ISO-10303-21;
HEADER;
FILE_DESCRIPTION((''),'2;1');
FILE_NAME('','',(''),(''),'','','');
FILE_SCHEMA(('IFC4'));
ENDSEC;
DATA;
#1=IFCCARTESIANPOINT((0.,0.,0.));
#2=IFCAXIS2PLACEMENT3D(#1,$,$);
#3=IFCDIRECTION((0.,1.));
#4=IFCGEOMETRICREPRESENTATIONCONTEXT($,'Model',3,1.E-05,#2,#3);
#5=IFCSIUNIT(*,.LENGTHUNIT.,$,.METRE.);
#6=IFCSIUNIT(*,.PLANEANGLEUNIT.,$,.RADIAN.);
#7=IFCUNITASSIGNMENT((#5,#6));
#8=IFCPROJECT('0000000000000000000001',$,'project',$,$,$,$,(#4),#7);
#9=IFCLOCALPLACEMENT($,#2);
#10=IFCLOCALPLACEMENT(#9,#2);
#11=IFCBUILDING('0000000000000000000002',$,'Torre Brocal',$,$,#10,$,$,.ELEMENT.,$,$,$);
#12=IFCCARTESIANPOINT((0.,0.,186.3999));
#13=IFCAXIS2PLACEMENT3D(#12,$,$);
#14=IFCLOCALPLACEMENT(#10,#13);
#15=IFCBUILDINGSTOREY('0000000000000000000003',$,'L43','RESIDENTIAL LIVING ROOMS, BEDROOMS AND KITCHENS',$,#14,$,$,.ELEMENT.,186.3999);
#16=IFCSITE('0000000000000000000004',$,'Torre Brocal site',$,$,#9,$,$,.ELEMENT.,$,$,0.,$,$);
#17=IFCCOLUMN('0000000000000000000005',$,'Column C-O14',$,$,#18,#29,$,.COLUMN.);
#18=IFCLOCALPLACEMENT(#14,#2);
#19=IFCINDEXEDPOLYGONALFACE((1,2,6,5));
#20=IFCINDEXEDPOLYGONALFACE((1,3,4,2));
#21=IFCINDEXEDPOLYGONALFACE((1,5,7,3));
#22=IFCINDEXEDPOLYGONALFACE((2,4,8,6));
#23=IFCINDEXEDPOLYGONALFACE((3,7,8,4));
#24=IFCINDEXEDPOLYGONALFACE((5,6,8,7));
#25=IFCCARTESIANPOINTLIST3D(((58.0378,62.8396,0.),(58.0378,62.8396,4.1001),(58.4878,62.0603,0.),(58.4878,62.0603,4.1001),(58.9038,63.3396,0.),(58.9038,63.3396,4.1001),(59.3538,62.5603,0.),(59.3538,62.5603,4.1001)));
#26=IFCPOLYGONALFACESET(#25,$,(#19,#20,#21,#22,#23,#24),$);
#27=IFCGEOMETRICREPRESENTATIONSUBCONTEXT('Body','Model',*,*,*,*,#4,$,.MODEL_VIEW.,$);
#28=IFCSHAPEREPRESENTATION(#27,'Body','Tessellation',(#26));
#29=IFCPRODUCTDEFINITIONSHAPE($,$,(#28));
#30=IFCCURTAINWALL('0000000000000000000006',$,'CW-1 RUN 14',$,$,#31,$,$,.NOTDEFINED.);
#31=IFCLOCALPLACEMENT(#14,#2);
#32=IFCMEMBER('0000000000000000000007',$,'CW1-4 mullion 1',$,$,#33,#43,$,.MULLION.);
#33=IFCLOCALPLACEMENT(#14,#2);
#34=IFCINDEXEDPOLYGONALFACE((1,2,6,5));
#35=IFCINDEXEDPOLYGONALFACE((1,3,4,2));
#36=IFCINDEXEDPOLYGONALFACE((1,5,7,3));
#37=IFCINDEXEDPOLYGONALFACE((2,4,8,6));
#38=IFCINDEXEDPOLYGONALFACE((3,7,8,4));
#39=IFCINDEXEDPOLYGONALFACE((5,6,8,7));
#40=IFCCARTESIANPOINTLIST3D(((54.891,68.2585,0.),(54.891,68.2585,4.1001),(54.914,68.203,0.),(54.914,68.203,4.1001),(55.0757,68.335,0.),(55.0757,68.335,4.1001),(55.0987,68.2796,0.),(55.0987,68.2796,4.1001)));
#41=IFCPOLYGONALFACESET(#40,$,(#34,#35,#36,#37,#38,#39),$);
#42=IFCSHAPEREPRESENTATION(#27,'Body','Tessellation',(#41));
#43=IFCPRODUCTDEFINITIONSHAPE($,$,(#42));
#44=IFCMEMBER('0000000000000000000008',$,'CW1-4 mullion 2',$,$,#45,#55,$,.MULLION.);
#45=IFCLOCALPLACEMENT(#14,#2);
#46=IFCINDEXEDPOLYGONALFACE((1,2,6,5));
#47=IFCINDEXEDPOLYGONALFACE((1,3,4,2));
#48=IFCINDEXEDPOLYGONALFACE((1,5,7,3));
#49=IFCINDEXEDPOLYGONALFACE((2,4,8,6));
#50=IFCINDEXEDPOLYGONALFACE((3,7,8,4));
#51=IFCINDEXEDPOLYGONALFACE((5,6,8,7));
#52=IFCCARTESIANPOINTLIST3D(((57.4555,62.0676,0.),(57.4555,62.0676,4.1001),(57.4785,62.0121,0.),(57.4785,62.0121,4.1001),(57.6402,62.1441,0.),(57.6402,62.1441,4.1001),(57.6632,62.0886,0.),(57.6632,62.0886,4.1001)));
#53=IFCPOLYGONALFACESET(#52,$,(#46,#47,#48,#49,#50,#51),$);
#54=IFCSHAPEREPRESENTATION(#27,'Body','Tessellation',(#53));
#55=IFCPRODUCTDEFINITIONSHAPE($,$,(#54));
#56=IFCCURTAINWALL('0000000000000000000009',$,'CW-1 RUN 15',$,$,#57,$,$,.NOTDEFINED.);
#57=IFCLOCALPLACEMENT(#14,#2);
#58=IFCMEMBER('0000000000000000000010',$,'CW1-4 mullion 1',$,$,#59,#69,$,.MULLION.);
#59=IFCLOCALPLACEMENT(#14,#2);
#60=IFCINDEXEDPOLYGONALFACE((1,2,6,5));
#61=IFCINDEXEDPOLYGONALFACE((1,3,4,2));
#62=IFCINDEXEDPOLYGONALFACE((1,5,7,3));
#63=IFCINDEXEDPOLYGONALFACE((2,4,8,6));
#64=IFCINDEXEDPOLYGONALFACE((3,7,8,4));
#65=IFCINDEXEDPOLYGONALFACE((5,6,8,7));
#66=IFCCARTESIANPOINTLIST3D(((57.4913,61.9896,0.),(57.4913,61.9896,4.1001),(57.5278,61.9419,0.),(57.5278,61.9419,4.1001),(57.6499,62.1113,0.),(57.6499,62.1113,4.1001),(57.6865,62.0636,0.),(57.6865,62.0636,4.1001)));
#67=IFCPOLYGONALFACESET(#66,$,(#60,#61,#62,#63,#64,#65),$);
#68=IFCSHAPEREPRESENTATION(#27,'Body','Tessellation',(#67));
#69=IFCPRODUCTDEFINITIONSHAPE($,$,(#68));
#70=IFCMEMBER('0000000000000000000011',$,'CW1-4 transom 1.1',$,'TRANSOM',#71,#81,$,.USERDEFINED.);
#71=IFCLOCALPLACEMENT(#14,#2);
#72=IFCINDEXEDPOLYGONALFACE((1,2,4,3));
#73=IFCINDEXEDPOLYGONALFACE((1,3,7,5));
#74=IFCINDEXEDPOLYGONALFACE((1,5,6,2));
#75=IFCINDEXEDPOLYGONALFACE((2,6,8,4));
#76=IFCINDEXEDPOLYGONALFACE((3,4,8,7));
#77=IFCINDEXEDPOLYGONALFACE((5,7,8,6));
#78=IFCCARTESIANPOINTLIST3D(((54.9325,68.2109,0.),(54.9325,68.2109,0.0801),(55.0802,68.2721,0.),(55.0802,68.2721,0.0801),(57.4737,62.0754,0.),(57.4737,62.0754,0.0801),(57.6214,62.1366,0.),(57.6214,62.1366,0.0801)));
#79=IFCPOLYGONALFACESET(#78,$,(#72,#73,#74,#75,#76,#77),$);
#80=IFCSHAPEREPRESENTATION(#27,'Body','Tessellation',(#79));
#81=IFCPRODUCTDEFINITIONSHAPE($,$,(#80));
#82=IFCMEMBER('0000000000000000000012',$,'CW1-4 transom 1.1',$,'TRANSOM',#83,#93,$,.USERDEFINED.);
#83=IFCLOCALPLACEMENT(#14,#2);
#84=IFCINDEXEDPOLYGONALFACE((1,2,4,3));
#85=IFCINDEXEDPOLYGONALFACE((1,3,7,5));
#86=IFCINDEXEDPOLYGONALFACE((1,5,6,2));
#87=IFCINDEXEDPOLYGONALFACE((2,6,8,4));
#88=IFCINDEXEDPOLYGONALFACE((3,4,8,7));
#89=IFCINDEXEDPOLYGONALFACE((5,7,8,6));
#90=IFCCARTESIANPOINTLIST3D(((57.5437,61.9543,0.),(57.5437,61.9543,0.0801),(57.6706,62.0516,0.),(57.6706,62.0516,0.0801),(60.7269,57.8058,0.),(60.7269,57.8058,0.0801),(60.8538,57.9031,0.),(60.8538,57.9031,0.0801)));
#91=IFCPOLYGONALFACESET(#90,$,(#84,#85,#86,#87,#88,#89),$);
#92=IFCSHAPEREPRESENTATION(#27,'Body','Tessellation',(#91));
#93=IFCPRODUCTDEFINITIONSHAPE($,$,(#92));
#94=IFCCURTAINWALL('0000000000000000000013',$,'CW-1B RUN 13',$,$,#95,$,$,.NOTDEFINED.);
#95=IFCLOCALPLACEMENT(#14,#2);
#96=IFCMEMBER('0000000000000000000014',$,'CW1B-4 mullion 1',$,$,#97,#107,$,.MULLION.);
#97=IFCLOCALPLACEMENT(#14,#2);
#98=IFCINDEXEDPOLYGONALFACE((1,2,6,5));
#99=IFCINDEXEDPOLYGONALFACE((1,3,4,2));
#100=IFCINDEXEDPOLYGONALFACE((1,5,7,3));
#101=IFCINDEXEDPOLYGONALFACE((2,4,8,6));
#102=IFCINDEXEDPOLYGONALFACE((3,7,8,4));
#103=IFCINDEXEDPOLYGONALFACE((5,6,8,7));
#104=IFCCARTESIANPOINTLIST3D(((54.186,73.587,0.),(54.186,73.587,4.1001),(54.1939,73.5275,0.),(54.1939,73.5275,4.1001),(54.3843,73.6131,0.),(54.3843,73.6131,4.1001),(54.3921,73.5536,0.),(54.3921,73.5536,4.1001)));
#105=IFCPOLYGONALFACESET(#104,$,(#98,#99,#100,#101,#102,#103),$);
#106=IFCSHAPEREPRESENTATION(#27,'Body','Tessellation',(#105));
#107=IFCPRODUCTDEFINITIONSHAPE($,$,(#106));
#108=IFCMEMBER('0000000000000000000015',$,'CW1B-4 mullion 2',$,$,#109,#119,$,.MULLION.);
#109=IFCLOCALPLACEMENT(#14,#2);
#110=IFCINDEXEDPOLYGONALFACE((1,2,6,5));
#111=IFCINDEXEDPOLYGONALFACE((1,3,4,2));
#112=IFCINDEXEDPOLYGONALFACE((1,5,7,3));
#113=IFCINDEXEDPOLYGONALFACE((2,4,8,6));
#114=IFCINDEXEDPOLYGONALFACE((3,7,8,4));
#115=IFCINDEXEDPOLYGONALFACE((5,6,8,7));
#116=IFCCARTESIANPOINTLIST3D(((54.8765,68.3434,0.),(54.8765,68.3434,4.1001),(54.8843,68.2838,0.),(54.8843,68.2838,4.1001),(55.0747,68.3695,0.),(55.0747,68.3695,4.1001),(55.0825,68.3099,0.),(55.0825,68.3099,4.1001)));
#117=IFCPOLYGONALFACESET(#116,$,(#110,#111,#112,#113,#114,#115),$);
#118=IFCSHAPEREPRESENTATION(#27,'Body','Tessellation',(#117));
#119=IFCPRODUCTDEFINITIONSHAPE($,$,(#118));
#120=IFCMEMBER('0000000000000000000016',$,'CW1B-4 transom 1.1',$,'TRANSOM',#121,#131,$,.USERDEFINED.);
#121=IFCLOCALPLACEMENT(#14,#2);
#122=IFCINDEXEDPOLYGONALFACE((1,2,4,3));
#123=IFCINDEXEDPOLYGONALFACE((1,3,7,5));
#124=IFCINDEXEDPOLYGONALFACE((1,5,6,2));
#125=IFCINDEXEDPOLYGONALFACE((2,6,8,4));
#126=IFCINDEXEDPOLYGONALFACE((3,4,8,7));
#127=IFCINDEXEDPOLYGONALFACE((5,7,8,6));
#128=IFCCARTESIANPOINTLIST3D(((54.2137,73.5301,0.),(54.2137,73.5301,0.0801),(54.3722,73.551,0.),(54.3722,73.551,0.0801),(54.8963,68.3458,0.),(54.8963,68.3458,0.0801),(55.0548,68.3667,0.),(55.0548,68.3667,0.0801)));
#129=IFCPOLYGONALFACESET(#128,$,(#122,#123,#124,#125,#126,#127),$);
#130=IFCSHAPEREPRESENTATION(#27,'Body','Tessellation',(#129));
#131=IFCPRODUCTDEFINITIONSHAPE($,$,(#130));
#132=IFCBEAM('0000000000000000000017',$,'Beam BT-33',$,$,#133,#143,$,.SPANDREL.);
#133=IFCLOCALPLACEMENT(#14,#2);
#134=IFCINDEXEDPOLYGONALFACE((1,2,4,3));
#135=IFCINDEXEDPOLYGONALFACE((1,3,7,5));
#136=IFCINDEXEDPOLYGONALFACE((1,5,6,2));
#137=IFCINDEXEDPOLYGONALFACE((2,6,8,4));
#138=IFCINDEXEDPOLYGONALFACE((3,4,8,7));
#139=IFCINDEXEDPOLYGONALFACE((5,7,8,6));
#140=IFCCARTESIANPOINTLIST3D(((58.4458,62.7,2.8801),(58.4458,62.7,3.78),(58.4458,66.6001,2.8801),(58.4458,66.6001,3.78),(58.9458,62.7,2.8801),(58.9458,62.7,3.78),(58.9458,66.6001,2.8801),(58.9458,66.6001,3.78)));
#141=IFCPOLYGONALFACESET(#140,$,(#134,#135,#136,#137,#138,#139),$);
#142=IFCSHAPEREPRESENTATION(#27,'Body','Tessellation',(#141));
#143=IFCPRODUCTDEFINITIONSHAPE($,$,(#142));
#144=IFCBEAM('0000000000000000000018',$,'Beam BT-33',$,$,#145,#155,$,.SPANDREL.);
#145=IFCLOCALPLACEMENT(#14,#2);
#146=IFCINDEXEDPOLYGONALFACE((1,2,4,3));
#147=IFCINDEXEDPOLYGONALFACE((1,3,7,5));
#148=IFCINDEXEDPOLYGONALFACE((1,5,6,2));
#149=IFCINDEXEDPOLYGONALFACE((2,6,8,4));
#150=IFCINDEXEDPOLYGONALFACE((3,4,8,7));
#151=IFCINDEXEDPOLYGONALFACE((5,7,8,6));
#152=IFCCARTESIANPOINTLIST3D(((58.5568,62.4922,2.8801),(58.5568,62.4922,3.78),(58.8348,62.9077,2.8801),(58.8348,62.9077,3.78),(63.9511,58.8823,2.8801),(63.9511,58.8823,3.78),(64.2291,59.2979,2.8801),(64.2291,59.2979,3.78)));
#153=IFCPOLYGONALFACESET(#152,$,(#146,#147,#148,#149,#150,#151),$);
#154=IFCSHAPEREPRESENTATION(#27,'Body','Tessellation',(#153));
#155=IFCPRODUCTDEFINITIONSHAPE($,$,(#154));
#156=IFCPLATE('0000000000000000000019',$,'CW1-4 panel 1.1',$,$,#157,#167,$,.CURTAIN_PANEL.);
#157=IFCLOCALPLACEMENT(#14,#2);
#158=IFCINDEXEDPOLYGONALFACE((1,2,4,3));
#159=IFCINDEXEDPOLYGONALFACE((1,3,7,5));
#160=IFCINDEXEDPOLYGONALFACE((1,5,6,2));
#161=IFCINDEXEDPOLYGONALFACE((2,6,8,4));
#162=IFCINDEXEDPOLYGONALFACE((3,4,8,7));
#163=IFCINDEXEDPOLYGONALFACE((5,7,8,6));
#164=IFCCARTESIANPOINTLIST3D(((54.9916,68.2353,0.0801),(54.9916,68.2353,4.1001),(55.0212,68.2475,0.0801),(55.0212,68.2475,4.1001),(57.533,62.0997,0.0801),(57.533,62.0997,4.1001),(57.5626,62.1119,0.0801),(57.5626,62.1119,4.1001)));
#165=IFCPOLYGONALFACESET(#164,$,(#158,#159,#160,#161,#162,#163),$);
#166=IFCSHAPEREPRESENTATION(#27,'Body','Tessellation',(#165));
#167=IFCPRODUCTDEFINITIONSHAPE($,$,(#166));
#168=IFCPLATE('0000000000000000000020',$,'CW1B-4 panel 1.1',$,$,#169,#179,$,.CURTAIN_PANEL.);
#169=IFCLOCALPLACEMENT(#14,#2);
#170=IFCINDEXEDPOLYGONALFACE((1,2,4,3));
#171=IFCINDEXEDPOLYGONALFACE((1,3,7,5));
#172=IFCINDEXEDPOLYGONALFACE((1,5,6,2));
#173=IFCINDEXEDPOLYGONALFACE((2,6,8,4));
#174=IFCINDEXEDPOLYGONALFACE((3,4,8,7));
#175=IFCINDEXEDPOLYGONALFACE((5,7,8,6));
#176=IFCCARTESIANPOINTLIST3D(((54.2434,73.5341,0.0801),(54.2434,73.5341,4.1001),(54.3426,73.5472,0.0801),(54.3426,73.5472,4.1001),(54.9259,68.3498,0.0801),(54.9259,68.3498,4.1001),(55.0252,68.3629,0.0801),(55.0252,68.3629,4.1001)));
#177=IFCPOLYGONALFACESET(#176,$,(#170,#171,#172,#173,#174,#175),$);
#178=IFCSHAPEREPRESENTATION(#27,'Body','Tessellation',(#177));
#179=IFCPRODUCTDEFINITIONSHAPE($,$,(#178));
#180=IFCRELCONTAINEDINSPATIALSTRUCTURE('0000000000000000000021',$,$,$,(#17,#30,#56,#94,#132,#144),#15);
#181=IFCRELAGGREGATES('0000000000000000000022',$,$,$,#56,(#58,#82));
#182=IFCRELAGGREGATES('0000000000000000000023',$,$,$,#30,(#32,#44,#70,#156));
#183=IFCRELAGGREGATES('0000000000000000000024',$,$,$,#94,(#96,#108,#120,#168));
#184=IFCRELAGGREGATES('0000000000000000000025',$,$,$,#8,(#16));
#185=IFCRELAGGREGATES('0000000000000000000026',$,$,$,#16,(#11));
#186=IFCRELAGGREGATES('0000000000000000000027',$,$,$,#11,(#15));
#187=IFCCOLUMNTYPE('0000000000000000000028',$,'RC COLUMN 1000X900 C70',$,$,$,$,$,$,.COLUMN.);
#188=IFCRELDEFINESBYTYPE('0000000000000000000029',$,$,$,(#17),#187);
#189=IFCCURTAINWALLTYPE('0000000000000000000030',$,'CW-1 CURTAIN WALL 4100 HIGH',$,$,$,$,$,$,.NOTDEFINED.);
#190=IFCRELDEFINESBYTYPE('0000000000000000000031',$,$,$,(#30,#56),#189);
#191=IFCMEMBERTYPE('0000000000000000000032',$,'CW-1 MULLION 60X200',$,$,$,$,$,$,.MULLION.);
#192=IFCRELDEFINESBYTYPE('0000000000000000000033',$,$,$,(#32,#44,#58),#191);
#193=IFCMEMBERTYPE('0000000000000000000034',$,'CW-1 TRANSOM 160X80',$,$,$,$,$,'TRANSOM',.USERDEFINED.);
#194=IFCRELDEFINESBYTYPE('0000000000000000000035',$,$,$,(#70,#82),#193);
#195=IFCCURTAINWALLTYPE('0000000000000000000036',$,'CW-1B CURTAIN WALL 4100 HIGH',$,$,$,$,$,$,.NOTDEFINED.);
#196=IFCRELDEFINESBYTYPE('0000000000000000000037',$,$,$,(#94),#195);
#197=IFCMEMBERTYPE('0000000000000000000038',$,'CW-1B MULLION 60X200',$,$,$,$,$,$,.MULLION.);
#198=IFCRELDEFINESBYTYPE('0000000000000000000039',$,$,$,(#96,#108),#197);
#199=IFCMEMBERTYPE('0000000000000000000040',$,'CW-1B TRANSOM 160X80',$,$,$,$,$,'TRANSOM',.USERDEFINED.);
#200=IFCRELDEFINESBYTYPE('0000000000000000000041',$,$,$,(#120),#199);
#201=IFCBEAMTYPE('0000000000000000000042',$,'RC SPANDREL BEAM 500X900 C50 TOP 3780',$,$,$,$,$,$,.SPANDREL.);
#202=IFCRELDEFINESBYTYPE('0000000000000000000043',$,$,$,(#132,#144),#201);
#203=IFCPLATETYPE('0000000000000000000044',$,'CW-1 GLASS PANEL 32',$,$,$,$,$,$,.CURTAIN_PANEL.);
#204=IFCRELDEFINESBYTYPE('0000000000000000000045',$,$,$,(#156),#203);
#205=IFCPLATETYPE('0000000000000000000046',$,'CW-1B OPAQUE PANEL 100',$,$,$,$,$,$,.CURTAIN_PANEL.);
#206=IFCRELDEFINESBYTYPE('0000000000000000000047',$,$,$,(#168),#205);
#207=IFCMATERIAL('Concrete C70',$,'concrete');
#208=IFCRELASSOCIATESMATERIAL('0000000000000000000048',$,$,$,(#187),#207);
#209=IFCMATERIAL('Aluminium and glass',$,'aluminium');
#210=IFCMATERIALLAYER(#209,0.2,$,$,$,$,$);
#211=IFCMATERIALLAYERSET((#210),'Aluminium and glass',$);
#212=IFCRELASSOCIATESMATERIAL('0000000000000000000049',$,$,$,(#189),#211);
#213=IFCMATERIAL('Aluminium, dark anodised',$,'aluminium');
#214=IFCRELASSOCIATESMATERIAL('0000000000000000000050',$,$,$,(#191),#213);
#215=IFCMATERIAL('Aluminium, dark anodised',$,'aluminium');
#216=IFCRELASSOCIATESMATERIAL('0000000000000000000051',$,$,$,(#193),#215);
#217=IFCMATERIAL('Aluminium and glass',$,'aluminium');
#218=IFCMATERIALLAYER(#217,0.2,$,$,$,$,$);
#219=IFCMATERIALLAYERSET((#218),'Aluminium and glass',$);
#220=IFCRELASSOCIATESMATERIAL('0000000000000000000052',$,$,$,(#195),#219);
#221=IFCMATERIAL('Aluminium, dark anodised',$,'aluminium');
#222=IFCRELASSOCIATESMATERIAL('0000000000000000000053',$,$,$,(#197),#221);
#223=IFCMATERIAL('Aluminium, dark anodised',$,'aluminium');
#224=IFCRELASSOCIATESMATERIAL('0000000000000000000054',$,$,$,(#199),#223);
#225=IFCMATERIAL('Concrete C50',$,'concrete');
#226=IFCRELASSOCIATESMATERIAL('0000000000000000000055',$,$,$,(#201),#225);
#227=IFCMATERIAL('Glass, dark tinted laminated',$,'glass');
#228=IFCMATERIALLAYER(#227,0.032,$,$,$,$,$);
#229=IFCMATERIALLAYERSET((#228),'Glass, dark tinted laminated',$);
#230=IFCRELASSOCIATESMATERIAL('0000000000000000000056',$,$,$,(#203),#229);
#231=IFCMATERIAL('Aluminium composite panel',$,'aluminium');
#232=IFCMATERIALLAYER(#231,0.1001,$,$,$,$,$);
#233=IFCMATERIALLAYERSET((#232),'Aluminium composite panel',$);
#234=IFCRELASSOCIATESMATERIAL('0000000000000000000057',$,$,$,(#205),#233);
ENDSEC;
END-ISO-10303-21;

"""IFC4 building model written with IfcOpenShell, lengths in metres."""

from ifc_helpers import new_model, si_unit, direction, frame, origin, origin_2d, place, context, subcontext, project, spatial, rectangle, extrude, material, layer, layer_set, material_profile, profile_set, type_object, element, aggregate, save


model = new_model("IFC4")

# Units and contexts
model_context = context("Model", 3, precision=1e-05, world=origin(), true_north=direction((0.0, 1.0)))
body_context = subcontext(model_context, "Body", "Model", "MODEL_VIEW")
ifc_project = project(units=[si_unit("LENGTHUNIT", "METRE"), si_unit("PLANEANGLEUNIT", "RADIAN")], contexts=[model_context])

# Site, building, storey
site_placement = place(None, origin())
site = spatial("IfcSite", under=ifc_project, at=site_placement, Name="Torre Brocal site", CompositionType="ELEMENT", RefElevation=0.0)
building_placement = place(site_placement, origin())
building = spatial("IfcBuilding", under=site, at=building_placement, Name="Torre Brocal", CompositionType="ELEMENT")
storey_placement = place(building_placement, frame((0.0, 0.0, 186.3999)))
storey = spatial("IfcBuildingStorey", under=building, at=storey_placement, Name="L43", Description="RESIDENTIAL LIVING ROOMS, BEDROOMS AND KITCHENS", CompositionType="ELEMENT", Elevation=186.3999)

# Column
ifc_material_1 = material(Name="Concrete C70", Category="concrete")
ifc_material_profile_1 = material_profile(ifc_material_1, rectangle(XDim=1.0, YDim=0.8999, at=origin_2d()), Name="RC 1000X900")
ifc_profile_set_1 = profile_set([ifc_material_profile_1], Name="Concrete C70")
column_type = type_object("IfcColumnType", Name="RC COLUMN 1000X900 C70", PredefinedType="COLUMN", material=ifc_profile_set_1)
column_placement = place(storey_placement, frame((58.6958, 62.7, 0.0), z_axis=(0.0, 0.0, 1.0), x_axis=(-0.866025, -0.5, 0.0)))
element("IfcColumn", 1, at=column_placement, inside=storey, type_object=column_type, Name="Column C-O14", PredefinedType="COLUMN", context=body_context, shape_type="SweptSolid", body=[
    extrude(rectangle(XDim=1.0, YDim=0.8999, at=origin_2d()), origin(), (0.0, 0.0, 1.0), 4.1001),
])

# Curtain wall, members
ifc_material_2 = material(Name="Aluminium and glass", Category="aluminium")
ifc_layer_1 = layer(ifc_material_2, 0.2)
ifc_layer_set_1 = layer_set([ifc_layer_1], Name="Aluminium and glass")
curtain_wall_type_1 = type_object("IfcCurtainWallType", Name="CW-1 CURTAIN WALL 4100 HIGH", PredefinedType="NOTDEFINED", material=ifc_layer_set_1)
curtain_wall_1_placement = place(storey_placement, origin())
curtain_wall_1 = element("IfcCurtainWall", 2, at=curtain_wall_1_placement, inside=storey, type_object=curtain_wall_type_1, Name="CW-1 RUN 14", PredefinedType="NOTDEFINED")
ifc_material_3 = material(Name="Aluminium, dark anodised", Category="aluminium")
ifc_material_profile_2 = material_profile(ifc_material_3, rectangle(XDim=0.2, YDim=0.0601, at=origin_2d()), Name="CW-1 MULLION 60X200")
ifc_profile_set_2 = profile_set([ifc_material_profile_2], Name="Aluminium, dark anodised")
member_type_1 = type_object("IfcMemberType", Name="CW-1 MULLION 60X200", PredefinedType="MULLION", material=ifc_profile_set_2)
member_1_placement = place(storey_placement, frame((54.9949, 68.269, 0.0), z_axis=(0.0, 0.0, 1.0), x_axis=(0.92388, 0.382683, 0.0)))
member_1 = element("IfcMember", 3, at=member_1_placement, type_object=member_type_1, Name="CW1-4 mullion 1", PredefinedType="MULLION", context=body_context, shape_type="SweptSolid", body=[
    extrude(rectangle(XDim=0.2, YDim=0.0601, at=origin_2d()), origin(), (0.0, 0.0, 1.0), 4.1001),
])
member_2_placement = place(storey_placement, frame((57.5593, 62.0781, 0.0), z_axis=(0.0, 0.0, 1.0), x_axis=(0.92388, 0.382683, 0.0)))
member_2 = element("IfcMember", 4, at=member_2_placement, type_object=member_type_1, Name="CW1-4 mullion 2", PredefinedType="MULLION", context=body_context, shape_type="SweptSolid", body=[
    extrude(rectangle(XDim=0.2, YDim=0.0601, at=origin_2d()), origin(), (0.0, 0.0, 1.0), 4.1001),
])

# Curtain wall, member
curtain_wall_2_placement = place(storey_placement, origin())
curtain_wall_2 = element("IfcCurtainWall", 5, at=curtain_wall_2_placement, inside=storey, type_object=curtain_wall_type_1, Name="CW-1 RUN 15", PredefinedType="NOTDEFINED")
member_3_placement = place(storey_placement, frame((57.5889, 62.0266, 0.0), z_axis=(0.0, 0.0, 1.0), x_axis=(0.793353, 0.608761, 0.0)))
member_3 = element("IfcMember", 6, at=member_3_placement, type_object=member_type_1, Name="CW1-4 mullion 1", PredefinedType="MULLION", context=body_context, shape_type="SweptSolid", body=[
    extrude(rectangle(XDim=0.2, YDim=0.0601, at=origin_2d()), origin(), (0.0, 0.0, 1.0), 4.1001),
])

# Members
ifc_material_4 = material(Name="Aluminium, dark anodised", Category="aluminium")
ifc_material_profile_3 = material_profile(ifc_material_4, rectangle(XDim=0.1599, YDim=0.0801, at=origin_2d()), Name="CW-1 TRANSOM 160X80")
ifc_profile_set_3 = profile_set([ifc_material_profile_3], Name="Aluminium, dark anodised")
member_type_2 = type_object("IfcMemberType", Name="CW-1 TRANSOM 160X80", ElementType="TRANSOM", PredefinedType="USERDEFINED", material=ifc_profile_set_3)
member_4_placement = place(storey_placement, frame((55.0063, 68.2415, 0.04), z_axis=(0.382665, -0.923887, 0.0), x_axis=(0.923887, 0.382665, 0.0)))
member_4 = element("IfcMember", 7, at=member_4_placement, type_object=member_type_2, Name="CW1-4 transom 1.1", ObjectType="TRANSOM", PredefinedType="USERDEFINED", context=body_context, shape_type="SweptSolid", body=[
    extrude(rectangle(XDim=0.1599, YDim=0.0801, at=origin_2d()), origin(), (0.0, 0.0, 1.0), 6.6409),
])
member_5_placement = place(storey_placement, frame((57.6072, 62.0029, 0.04), z_axis=(0.608749, -0.793363, 0.0), x_axis=(0.793363, 0.608749, 0.0)))
member_5 = element("IfcMember", 8, at=member_5_placement, type_object=member_type_2, Name="CW1-4 transom 1.1", ObjectType="TRANSOM", PredefinedType="USERDEFINED", context=body_context, shape_type="SweptSolid", body=[
    extrude(rectangle(XDim=0.1599, YDim=0.0801, at=origin_2d()), origin(), (0.0, 0.0, 1.0), 5.229),
])
aggregate(curtain_wall_2, [member_3, member_5])

# Curtain wall, members
ifc_material_5 = material(Name="Aluminium and glass", Category="aluminium")
ifc_layer_2 = layer(ifc_material_5, 0.2)
ifc_layer_set_2 = layer_set([ifc_layer_2], Name="Aluminium and glass")
curtain_wall_type_2 = type_object("IfcCurtainWallType", Name="CW-1B CURTAIN WALL 4100 HIGH", PredefinedType="NOTDEFINED", material=ifc_layer_set_2)
curtain_wall_3_placement = place(storey_placement, origin())
curtain_wall_3 = element("IfcCurtainWall", 9, at=curtain_wall_3_placement, inside=storey, type_object=curtain_wall_type_2, Name="CW-1B RUN 13", PredefinedType="NOTDEFINED")
ifc_material_6 = material(Name="Aluminium, dark anodised", Category="aluminium")
ifc_material_profile_4 = material_profile(ifc_material_6, rectangle(XDim=0.2, YDim=0.0601, at=origin_2d()), Name="CW-1B MULLION 60X200")
ifc_profile_set_4 = profile_set([ifc_material_profile_4], Name="Aluminium, dark anodised")
member_type_3 = type_object("IfcMemberType", Name="CW-1B MULLION 60X200", PredefinedType="MULLION", material=ifc_profile_set_4)
member_6_placement = place(storey_placement, frame((54.2891, 73.5703, 0.0), z_axis=(0.0, 0.0, 1.0), x_axis=(0.991445, 0.130526, 0.0)))
member_6 = element("IfcMember", 10, at=member_6_placement, type_object=member_type_3, Name="CW1B-4 mullion 1", PredefinedType="MULLION", context=body_context, shape_type="SweptSolid", body=[
    extrude(rectangle(XDim=0.2, YDim=0.0601, at=origin_2d()), origin(), (0.0, 0.0, 1.0), 4.1001),
])
member_7_placement = place(storey_placement, frame((54.9795, 68.3267, 0.0), z_axis=(0.0, 0.0, 1.0), x_axis=(0.991445, 0.130526, 0.0)))
member_7 = element("IfcMember", 11, at=member_7_placement, type_object=member_type_3, Name="CW1B-4 mullion 2", PredefinedType="MULLION", context=body_context, shape_type="SweptSolid", body=[
    extrude(rectangle(XDim=0.2, YDim=0.0601, at=origin_2d()), origin(), (0.0, 0.0, 1.0), 4.1001),
])
ifc_material_7 = material(Name="Aluminium, dark anodised", Category="aluminium")
ifc_material_profile_5 = material_profile(ifc_material_7, rectangle(XDim=0.1599, YDim=0.0801, at=origin_2d()), Name="CW-1B TRANSOM 160X80")
ifc_profile_set_5 = profile_set([ifc_material_profile_5], Name="Aluminium, dark anodised")
member_type_4 = type_object("IfcMemberType", Name="CW-1B TRANSOM 160X80", ElementType="TRANSOM", PredefinedType="USERDEFINED", material=ifc_profile_set_5)
member_8_placement = place(storey_placement, frame((54.293, 73.5405, 0.04), z_axis=(0.130543, -0.991443, 0.0), x_axis=(0.991443, 0.130543, 0.0)))
member_8 = element("IfcMember", 12, at=member_8_placement, type_object=member_type_4, Name="CW1B-4 transom 1.1", ObjectType="TRANSOM", PredefinedType="USERDEFINED", context=body_context, shape_type="SweptSolid", body=[
    extrude(rectangle(XDim=0.1599, YDim=0.0801, at=origin_2d()), origin(), (0.0, 0.0, 1.0), 5.229),
])

# Beams
ifc_material_8 = material(Name="Concrete C50", Category="concrete")
ifc_material_profile_6 = material_profile(ifc_material_8, rectangle(XDim=0.5, YDim=0.8999, at=origin_2d()), Name="RC 500X900")
ifc_profile_set_6 = profile_set([ifc_material_profile_6], Name="Concrete C50")
beam_type = type_object("IfcBeamType", Name="RC SPANDREL BEAM 500X900 C50 TOP 3780", PredefinedType="SPANDREL", material=ifc_profile_set_6)
beam_1_placement = place(storey_placement, frame((58.6958, 62.7, 3.3301), z_axis=(0.0, 1.0, 0.0), x_axis=(-1.0, 0.0, 0.0)))
element("IfcBeam", 13, at=beam_1_placement, inside=storey, type_object=beam_type, Name="Beam BT-33", PredefinedType="SPANDREL", context=body_context, shape_type="SweptSolid", body=[
    extrude(rectangle(XDim=0.5, YDim=0.8999, at=origin_2d()), origin(), (0.0, 0.0, 1.0), 3.9001),
])
beam_2_placement = place(storey_placement, frame((58.6958, 62.7, 3.3301), z_axis=(0.831077, -0.556158, 0.0), x_axis=(0.556158, 0.831077, 0.0)))
element("IfcBeam", 14, at=beam_2_placement, inside=storey, type_object=beam_type, Name="Beam BT-33", PredefinedType="SPANDREL", context=body_context, shape_type="SweptSolid", body=[
    extrude(rectangle(XDim=0.5, YDim=0.8999, at=origin_2d()), origin(), (0.0, 0.0, 1.0), 6.4907),
])

# Plates
ifc_material_9 = material(Name="Glass, dark tinted laminated", Category="glass")
ifc_layer_3 = layer(ifc_material_9, 0.032)
ifc_layer_set_3 = layer_set([ifc_layer_3], Name="Glass, dark tinted laminated")
plate_type_1 = type_object("IfcPlateType", Name="CW-1 GLASS PANEL 32", PredefinedType="CURTAIN_PANEL", material=ifc_layer_set_3)
plate_1_placement = place(storey_placement, frame((56.2771, 65.1736, 0.0801), z_axis=(0.0, 0.0, 1.0), x_axis=(0.382683, -0.92388, 0.0)))
plate_1 = element("IfcPlate", 15, at=plate_1_placement, type_object=plate_type_1, Name="CW1-4 panel 1.1", PredefinedType="CURTAIN_PANEL", context=body_context, shape_type="SweptSolid", body=[
    extrude(rectangle(XDim=6.6411, YDim=0.032, at=origin_2d()), origin(), (0.0, 0.0, 1.0), 4.02),
])
aggregate(curtain_wall_1, [member_1, member_2, member_4, plate_1])
ifc_material_10 = material(Name="Aluminium composite panel", Category="aluminium")
ifc_layer_4 = layer(ifc_material_10, 0.1001)
ifc_layer_set_4 = layer_set([ifc_layer_4], Name="Aluminium composite panel")
plate_type_2 = type_object("IfcPlateType", Name="CW-1B OPAQUE PANEL 100", PredefinedType="CURTAIN_PANEL", material=ifc_layer_set_4)
plate_2_placement = place(storey_placement, frame((54.6343, 70.9485, 0.0801), z_axis=(0.0, 0.0, 1.0), x_axis=(0.130526, -0.991445, 0.0)))
plate_2 = element("IfcPlate", 16, at=plate_2_placement, type_object=plate_type_2, Name="CW1B-4 panel 1.1", PredefinedType="CURTAIN_PANEL", context=body_context, shape_type="SweptSolid", body=[
    extrude(rectangle(XDim=5.229, YDim=0.1001, at=origin_2d()), origin(), (0.0, 0.0, 1.0), 4.02),
])
aggregate(curtain_wall_3, [member_6, member_7, member_8, plate_2])

save(model, "model.ifc")
